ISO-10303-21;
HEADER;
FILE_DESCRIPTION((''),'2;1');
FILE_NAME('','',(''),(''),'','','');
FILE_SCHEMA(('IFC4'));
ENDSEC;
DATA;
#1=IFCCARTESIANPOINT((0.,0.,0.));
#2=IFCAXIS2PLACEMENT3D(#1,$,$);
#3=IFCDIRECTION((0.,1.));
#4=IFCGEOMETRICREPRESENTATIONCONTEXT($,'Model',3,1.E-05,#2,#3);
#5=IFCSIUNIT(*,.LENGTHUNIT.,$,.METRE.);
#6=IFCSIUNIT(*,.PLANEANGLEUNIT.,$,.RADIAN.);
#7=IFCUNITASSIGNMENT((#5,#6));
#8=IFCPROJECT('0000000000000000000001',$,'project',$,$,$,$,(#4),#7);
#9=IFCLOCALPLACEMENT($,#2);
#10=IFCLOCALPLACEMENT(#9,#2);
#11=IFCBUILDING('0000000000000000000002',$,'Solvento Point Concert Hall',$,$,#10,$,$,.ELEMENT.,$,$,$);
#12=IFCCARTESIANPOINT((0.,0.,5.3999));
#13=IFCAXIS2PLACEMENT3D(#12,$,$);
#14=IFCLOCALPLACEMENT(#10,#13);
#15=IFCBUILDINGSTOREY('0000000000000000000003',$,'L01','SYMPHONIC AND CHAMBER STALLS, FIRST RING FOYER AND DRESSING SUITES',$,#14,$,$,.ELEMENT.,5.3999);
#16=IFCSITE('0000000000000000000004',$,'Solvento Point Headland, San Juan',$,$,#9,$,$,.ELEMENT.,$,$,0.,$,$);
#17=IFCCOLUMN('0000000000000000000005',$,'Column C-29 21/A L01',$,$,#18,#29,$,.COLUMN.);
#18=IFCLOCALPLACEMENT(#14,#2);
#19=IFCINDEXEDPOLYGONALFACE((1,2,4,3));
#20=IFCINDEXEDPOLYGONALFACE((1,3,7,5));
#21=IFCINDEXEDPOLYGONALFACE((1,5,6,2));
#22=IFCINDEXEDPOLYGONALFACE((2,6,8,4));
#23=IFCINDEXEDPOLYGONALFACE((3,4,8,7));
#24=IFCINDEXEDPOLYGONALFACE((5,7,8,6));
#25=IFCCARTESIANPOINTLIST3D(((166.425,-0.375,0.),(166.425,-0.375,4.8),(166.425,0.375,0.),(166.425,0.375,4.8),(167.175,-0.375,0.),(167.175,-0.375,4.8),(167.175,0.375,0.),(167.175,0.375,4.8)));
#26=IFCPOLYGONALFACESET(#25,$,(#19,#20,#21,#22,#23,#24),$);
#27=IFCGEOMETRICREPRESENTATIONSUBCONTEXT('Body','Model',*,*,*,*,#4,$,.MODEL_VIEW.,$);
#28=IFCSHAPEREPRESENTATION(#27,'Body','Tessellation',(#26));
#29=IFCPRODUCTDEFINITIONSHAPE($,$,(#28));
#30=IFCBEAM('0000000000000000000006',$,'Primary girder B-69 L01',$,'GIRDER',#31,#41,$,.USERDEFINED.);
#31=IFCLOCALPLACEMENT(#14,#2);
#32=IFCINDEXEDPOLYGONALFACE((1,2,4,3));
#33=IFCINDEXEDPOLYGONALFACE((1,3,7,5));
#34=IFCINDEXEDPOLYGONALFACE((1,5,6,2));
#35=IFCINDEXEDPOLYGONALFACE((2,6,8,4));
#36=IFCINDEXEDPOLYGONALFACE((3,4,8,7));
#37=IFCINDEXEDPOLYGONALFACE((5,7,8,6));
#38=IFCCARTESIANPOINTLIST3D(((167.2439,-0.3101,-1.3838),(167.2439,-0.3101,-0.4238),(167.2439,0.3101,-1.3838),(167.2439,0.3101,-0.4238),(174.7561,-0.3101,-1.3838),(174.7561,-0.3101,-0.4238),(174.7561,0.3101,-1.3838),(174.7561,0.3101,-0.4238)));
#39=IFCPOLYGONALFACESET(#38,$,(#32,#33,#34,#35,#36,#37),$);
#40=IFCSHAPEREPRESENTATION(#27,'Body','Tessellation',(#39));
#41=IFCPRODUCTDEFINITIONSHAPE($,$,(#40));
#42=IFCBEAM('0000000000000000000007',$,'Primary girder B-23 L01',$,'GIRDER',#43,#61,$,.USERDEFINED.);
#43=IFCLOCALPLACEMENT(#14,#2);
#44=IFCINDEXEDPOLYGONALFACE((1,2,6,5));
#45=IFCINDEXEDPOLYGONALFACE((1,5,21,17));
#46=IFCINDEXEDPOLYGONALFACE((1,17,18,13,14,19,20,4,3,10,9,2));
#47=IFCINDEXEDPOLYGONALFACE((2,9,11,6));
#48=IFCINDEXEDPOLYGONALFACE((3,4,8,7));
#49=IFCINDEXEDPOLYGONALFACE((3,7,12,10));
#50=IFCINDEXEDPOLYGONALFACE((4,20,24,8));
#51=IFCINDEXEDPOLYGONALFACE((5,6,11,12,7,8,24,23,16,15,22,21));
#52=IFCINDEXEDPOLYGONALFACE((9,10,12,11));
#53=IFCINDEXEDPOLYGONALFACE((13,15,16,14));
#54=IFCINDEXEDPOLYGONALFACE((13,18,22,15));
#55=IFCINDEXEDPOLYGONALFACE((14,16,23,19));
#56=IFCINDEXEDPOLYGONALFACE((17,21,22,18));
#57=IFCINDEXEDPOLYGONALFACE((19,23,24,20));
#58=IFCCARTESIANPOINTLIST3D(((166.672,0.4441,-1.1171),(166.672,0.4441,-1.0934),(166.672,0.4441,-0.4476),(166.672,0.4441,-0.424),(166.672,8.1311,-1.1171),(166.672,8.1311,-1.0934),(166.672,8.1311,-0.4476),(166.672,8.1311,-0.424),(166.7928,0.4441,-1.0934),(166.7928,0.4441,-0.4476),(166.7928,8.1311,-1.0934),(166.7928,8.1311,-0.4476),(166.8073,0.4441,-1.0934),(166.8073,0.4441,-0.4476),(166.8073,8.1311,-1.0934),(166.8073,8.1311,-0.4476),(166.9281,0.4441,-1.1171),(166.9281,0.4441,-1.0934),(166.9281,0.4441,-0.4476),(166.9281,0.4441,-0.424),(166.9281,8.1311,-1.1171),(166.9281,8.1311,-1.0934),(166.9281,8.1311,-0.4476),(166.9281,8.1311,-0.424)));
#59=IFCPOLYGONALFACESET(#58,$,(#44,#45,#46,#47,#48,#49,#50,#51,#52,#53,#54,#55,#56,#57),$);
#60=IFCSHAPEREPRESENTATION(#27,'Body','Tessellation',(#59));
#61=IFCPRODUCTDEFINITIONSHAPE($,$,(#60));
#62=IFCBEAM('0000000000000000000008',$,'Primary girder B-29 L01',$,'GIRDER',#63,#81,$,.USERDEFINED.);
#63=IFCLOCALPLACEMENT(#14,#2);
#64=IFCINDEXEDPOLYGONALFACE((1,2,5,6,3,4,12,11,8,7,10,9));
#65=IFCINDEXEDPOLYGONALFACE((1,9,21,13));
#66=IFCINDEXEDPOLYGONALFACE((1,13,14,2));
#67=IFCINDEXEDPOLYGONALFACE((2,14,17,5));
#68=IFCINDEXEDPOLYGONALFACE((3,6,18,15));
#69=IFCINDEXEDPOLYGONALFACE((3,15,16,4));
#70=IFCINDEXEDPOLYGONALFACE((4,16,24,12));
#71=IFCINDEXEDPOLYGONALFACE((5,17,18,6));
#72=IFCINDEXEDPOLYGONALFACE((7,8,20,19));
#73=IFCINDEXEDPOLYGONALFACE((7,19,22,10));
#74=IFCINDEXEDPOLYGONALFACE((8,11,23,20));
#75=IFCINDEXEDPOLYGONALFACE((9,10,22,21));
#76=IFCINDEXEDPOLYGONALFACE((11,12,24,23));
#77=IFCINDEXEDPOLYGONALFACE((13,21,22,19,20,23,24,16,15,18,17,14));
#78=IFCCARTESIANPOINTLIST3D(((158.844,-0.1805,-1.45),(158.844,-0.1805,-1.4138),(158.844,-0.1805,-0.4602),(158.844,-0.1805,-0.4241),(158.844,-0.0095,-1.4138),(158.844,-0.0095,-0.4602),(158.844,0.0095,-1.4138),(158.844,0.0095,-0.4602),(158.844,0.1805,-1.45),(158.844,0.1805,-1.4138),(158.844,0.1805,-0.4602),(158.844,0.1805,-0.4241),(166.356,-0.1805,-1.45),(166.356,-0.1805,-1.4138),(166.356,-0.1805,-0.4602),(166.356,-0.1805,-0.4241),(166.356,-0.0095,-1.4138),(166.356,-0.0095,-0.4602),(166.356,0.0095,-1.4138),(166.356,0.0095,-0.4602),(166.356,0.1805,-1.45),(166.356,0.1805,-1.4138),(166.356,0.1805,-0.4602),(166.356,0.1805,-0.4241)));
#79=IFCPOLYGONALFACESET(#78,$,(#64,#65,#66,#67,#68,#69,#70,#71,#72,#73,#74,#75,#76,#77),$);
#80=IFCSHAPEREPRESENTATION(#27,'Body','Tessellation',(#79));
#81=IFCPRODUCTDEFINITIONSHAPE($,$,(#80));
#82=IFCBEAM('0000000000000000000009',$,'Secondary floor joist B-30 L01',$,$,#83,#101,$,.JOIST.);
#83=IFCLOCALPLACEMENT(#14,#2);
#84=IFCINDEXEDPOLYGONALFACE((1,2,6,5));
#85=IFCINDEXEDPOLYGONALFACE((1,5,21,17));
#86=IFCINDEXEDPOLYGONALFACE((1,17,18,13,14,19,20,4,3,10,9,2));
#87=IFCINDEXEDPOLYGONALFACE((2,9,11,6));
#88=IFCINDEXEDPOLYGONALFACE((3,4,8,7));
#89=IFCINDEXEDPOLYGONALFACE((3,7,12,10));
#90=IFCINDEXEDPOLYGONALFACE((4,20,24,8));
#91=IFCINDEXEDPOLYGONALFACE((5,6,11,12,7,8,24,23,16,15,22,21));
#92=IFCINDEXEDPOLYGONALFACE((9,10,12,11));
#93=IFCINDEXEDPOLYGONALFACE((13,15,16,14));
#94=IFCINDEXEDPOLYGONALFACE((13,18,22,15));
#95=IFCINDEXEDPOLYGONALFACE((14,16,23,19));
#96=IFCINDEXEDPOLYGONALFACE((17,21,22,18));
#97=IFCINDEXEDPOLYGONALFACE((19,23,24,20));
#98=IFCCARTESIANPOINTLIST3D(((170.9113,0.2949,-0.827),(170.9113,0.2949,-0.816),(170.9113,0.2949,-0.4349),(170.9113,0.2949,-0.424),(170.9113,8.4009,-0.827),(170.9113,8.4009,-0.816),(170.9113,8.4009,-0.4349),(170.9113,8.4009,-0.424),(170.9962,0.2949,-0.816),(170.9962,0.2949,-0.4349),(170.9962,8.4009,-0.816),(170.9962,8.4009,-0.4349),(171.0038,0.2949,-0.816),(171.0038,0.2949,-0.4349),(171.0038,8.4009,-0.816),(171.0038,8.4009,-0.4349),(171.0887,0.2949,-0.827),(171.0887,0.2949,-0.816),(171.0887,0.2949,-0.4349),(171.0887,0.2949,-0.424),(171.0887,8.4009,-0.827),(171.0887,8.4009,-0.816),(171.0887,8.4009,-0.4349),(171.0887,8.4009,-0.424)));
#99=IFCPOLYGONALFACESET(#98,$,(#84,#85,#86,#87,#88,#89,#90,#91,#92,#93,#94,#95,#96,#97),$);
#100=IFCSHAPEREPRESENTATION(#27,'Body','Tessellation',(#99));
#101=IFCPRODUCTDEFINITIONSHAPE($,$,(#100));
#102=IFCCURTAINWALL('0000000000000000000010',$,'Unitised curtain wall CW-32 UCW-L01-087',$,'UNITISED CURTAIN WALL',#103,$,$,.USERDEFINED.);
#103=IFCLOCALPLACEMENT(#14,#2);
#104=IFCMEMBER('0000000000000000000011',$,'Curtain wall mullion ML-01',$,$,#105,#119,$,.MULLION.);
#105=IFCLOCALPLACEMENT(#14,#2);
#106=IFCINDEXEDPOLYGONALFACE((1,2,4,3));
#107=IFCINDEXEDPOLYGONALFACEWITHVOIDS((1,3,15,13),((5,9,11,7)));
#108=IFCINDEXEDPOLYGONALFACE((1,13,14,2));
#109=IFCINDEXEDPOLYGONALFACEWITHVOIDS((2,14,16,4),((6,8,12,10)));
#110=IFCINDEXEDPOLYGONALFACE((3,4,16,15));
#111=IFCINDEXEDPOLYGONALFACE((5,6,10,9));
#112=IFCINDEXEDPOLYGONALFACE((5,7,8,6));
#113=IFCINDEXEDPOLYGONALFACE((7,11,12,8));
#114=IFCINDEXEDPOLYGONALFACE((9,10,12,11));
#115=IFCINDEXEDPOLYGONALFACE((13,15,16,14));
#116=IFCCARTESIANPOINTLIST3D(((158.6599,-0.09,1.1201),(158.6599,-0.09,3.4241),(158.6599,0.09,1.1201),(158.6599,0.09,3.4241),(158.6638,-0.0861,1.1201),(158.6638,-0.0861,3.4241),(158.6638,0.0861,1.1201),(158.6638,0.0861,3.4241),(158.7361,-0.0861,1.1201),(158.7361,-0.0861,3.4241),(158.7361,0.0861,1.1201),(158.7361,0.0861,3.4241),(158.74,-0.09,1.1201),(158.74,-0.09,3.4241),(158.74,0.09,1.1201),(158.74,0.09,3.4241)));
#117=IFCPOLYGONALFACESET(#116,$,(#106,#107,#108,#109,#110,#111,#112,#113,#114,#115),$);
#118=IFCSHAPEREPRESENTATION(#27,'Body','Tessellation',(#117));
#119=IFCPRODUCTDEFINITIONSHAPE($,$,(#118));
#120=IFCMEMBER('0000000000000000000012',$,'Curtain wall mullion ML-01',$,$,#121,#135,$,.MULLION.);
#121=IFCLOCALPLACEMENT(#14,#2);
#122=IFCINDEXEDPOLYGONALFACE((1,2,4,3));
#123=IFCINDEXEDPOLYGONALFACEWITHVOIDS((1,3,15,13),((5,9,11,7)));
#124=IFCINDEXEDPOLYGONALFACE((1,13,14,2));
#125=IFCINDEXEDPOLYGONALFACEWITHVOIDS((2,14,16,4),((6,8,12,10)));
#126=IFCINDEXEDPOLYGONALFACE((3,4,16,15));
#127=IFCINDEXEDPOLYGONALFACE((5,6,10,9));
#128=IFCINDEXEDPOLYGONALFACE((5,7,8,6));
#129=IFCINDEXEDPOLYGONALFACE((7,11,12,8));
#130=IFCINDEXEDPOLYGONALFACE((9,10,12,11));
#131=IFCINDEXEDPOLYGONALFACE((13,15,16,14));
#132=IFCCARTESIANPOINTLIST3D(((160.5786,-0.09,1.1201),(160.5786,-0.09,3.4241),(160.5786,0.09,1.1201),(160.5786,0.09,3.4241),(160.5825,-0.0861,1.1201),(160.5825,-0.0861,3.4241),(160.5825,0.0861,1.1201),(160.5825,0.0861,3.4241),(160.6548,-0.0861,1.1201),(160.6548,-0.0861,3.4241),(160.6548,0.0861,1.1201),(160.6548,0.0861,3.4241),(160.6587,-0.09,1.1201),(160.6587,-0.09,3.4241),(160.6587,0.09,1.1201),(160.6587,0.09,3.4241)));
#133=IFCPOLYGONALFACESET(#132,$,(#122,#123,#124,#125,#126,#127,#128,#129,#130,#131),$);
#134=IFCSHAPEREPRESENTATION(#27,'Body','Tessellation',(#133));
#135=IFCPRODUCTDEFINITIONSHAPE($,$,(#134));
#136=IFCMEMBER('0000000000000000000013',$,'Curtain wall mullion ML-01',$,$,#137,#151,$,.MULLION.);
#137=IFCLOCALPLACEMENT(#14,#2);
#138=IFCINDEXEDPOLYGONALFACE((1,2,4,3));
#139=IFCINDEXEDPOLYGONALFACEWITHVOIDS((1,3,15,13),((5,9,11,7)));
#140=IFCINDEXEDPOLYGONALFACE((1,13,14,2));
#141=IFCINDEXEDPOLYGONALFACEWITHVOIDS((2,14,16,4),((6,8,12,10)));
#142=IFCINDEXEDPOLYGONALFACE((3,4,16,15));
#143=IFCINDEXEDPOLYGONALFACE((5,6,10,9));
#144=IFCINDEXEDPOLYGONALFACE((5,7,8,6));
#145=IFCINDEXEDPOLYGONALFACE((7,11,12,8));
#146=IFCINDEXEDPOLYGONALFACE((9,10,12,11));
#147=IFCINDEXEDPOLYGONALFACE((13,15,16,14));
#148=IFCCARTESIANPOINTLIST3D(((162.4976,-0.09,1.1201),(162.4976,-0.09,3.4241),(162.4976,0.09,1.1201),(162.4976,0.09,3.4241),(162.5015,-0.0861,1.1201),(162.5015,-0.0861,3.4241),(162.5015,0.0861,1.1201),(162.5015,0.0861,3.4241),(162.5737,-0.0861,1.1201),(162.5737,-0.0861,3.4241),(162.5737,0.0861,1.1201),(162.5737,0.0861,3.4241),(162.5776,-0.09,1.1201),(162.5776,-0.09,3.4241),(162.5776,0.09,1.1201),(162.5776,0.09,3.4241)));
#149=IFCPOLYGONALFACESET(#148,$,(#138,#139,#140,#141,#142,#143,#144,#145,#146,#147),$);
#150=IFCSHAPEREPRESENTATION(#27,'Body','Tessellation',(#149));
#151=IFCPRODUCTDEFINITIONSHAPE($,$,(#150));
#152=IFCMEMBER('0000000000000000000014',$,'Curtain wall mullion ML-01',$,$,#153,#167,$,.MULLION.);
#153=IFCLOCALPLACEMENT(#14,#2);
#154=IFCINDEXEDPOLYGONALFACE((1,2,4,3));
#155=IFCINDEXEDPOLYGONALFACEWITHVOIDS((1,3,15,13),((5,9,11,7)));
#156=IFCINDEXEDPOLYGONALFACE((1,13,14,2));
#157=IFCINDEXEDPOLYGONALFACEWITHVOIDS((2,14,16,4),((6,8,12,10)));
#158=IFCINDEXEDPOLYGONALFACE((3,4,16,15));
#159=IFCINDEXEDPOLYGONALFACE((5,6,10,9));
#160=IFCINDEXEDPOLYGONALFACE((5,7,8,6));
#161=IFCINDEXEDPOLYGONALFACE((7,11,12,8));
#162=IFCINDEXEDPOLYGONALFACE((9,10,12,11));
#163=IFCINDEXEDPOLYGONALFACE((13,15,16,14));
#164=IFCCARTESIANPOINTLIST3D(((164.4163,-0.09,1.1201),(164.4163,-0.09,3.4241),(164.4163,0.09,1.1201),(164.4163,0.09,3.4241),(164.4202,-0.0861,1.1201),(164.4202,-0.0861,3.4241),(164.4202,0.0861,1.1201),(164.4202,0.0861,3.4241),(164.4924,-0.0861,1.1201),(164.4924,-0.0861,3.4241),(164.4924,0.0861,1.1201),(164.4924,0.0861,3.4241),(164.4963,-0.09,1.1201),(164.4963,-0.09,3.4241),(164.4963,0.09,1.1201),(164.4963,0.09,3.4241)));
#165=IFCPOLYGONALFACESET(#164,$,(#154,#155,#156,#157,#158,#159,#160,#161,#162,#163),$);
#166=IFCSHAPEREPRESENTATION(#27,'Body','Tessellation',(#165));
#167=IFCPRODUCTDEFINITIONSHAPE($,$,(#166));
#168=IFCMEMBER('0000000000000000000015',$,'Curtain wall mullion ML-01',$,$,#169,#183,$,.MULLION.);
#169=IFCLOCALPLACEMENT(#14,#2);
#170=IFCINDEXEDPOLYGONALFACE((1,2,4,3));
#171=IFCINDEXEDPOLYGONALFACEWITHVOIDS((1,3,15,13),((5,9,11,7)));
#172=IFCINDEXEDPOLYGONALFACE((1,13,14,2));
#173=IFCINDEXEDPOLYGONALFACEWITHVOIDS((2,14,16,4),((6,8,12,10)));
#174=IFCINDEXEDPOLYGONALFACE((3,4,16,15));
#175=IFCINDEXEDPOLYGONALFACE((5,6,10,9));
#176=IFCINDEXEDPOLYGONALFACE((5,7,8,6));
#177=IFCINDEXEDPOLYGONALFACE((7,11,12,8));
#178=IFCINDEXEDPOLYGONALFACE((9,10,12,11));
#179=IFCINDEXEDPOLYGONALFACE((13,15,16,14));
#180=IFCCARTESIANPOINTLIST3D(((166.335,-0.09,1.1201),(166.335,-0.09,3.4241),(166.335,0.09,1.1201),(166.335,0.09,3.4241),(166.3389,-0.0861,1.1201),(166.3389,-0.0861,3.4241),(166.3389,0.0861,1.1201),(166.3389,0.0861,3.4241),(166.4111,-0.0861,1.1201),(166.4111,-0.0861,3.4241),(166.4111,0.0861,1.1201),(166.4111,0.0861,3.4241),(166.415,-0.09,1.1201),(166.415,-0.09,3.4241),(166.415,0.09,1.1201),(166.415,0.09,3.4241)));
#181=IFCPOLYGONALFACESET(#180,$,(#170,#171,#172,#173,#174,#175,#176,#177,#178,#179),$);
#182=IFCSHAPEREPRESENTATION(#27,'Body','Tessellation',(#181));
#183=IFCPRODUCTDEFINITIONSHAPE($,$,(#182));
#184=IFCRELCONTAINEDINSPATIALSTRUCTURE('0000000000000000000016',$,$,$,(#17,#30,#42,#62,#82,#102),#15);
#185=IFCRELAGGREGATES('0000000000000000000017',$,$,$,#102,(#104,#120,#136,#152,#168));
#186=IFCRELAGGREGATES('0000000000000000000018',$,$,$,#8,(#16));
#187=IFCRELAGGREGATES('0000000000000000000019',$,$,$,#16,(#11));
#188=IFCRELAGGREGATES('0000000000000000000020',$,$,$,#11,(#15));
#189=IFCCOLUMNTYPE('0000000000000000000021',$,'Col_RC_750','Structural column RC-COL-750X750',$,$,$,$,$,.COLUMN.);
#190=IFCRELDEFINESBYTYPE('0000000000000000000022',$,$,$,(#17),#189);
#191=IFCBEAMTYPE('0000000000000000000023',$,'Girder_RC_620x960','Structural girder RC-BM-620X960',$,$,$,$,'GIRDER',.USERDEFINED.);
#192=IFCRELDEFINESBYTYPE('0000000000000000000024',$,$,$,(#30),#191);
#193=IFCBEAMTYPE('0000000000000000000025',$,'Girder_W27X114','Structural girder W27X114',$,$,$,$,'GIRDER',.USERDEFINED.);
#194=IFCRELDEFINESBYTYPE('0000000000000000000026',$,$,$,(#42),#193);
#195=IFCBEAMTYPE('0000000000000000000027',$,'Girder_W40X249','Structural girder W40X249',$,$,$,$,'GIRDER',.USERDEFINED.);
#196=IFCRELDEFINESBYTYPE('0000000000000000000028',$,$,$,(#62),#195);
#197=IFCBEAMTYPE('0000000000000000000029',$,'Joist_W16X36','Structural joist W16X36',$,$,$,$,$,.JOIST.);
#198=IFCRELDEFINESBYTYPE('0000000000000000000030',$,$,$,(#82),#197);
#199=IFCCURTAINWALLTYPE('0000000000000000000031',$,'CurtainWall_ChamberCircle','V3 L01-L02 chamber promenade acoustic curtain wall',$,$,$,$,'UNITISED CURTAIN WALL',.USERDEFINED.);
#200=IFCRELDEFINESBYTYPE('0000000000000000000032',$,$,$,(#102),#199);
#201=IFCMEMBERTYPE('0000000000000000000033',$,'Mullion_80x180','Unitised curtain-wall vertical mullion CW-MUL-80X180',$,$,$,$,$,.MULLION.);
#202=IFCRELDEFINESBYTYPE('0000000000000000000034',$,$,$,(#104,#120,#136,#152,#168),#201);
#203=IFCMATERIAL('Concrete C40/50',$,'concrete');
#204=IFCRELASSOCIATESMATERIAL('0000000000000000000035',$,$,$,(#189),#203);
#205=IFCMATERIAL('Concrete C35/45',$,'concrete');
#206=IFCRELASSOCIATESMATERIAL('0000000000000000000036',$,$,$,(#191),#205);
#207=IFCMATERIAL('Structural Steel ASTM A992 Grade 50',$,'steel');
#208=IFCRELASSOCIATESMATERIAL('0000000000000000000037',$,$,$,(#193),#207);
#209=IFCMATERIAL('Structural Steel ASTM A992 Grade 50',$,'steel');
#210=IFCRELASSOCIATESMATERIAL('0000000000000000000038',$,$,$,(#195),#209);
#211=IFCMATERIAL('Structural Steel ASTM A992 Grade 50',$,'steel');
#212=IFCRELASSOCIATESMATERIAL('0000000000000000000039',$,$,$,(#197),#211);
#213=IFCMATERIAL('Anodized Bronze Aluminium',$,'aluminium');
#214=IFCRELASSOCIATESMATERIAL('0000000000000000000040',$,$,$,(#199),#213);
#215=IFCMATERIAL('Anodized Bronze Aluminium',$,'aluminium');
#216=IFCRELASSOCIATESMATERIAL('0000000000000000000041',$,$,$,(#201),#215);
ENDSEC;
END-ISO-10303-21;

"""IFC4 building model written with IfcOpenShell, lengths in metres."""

from ifc_helpers import new_model, si_unit, direction, frame, origin, origin_2d, place, context, subcontext, project, spatial, rectangle, hollow_rectangle, i_section, extrude, material, material_profile, profile_set, type_object, element, aggregate, save


model = new_model("IFC4")

# Units and contexts
model_context = context("Model", 3, precision=1e-05, world=origin(), true_north=direction((0.0, 1.0)))
body_context = subcontext(model_context, "Body", "Model", "MODEL_VIEW")
ifc_project = project(units=[si_unit("LENGTHUNIT", "METRE"), si_unit("PLANEANGLEUNIT", "RADIAN")], contexts=[model_context])

# Site, building, storey
site_placement = place(None, origin())
site = spatial("IfcSite", under=ifc_project, at=site_placement, Name="Solvento Point Headland, San Juan", CompositionType="ELEMENT", RefElevation=0.0)
building_placement = place(site_placement, origin())
building = spatial("IfcBuilding", under=site, at=building_placement, Name="Solvento Point Concert Hall", CompositionType="ELEMENT")
storey_placement = place(building_placement, frame((0.0, 0.0, 5.3999)))
storey = spatial("IfcBuildingStorey", under=building, at=storey_placement, Name="L01", Description="SYMPHONIC AND CHAMBER STALLS, FIRST RING FOYER AND DRESSING SUITES", CompositionType="ELEMENT", Elevation=5.3999)

# Column
ifc_material_1 = material(Name="Concrete C40/50", Category="concrete")
ifc_material_profile_1 = material_profile(ifc_material_1, rectangle(XDim=0.75, YDim=0.75, at=origin_2d()), Name="RC-COL-750X750")
ifc_profile_set_1 = profile_set([ifc_material_profile_1], Name="Concrete C40/50")
column_type = type_object("IfcColumnType", Name="Col_RC_750", Description="Structural column RC-COL-750X750", PredefinedType="COLUMN", material=ifc_profile_set_1)
column_placement = place(storey_placement, frame((166.8, 0.0, 0.0), z_axis=(0.0, 0.0, 1.0), x_axis=(1.0, 0.0, 0.0)))
element("IfcColumn", 1, at=column_placement, inside=storey, type_object=column_type, Name="Column C-29 21/A L01", PredefinedType="COLUMN", context=body_context, shape_type="SweptSolid", body=[
    extrude(rectangle(XDim=0.75, YDim=0.75, at=origin_2d()), origin(), (0.0, 0.0, 1.0), 4.8),
])

# Beams
ifc_material_2 = material(Name="Concrete C35/45", Category="concrete")
ifc_material_profile_2 = material_profile(ifc_material_2, rectangle(XDim=0.6201, YDim=0.96, at=origin_2d()), Name="RC-BM-620X960")
ifc_profile_set_2 = profile_set([ifc_material_profile_2], Name="Concrete C35/45")
beam_type_1 = type_object("IfcBeamType", Name="Girder_RC_620x960", Description="Structural girder RC-BM-620X960", ElementType="GIRDER", PredefinedType="USERDEFINED", material=ifc_profile_set_2)
beam_1_placement = place(storey_placement, frame((167.2439, 0.0, -0.9038), z_axis=(1.0, 0.0, 0.0), x_axis=(0.0, 1.0, 0.0)))
element("IfcBeam", 2, at=beam_1_placement, inside=storey, type_object=beam_type_1, Name="Primary girder B-69 L01", ObjectType="GIRDER", PredefinedType="USERDEFINED", context=body_context, shape_type="SweptSolid", body=[
    extrude(rectangle(XDim=0.6201, YDim=0.96, at=origin_2d()), origin(), (0.0, 0.0, 1.0), 7.5122),
])
ifc_material_3 = material(Name="Structural Steel ASTM A992 Grade 50", Category="steel")
ifc_material_profile_3 = material_profile(ifc_material_3, i_section(OverallWidth=0.2561, OverallDepth=0.6931, WebThickness=0.0144, FlangeThickness=0.0237, at=origin_2d()), Name="W27X114")
ifc_profile_set_3 = profile_set([ifc_material_profile_3], Name="Structural Steel ASTM A992 Grade 50")
beam_type_2 = type_object("IfcBeamType", Name="Girder_W27X114", Description="Structural girder W27X114", ElementType="GIRDER", PredefinedType="USERDEFINED", material=ifc_profile_set_3)
beam_2_placement = place(storey_placement, frame((166.8, 0.4441, -0.7705), z_axis=(0.0, 1.0, 0.0), x_axis=(-1.0, 0.0, 0.0)))
element("IfcBeam", 3, at=beam_2_placement, inside=storey, type_object=beam_type_2, Name="Primary girder B-23 L01", ObjectType="GIRDER", PredefinedType="USERDEFINED", context=body_context, shape_type="SweptSolid", body=[
    extrude(i_section(OverallWidth=0.2561, OverallDepth=0.6931, WebThickness=0.0144, FlangeThickness=0.0237, at=origin_2d()), origin(), (0.0, 0.0, 1.0), 7.687),
])
ifc_material_4 = material(Name="Structural Steel ASTM A992 Grade 50", Category="steel")
ifc_material_profile_4 = material_profile(ifc_material_4, i_section(OverallWidth=0.3611, OverallDepth=1.0259, WebThickness=0.019, FlangeThickness=0.0361, at=origin_2d()), Name="W40X249")
ifc_profile_set_4 = profile_set([ifc_material_profile_4], Name="Structural Steel ASTM A992 Grade 50")
beam_type_3 = type_object("IfcBeamType", Name="Girder_W40X249", Description="Structural girder W40X249", ElementType="GIRDER", PredefinedType="USERDEFINED", material=ifc_profile_set_4)
beam_3_placement = place(storey_placement, frame((158.844, 0.0, -0.937), z_axis=(1.0, 0.0, 0.0), x_axis=(0.0, 1.0, 0.0)))
element("IfcBeam", 4, at=beam_3_placement, inside=storey, type_object=beam_type_3, Name="Primary girder B-29 L01", ObjectType="GIRDER", PredefinedType="USERDEFINED", context=body_context, shape_type="SweptSolid", body=[
    extrude(i_section(OverallWidth=0.3611, OverallDepth=1.0259, WebThickness=0.019, FlangeThickness=0.0361, at=origin_2d()), origin(), (0.0, 0.0, 1.0), 7.512),
])
ifc_material_5 = material(Name="Structural Steel ASTM A992 Grade 50", Category="steel")
ifc_material_profile_5 = material_profile(ifc_material_5, i_section(OverallWidth=0.1775, OverallDepth=0.4031, WebThickness=0.0076, FlangeThickness=0.011, at=origin_2d()), Name="W16X36")
ifc_profile_set_5 = profile_set([ifc_material_profile_5], Name="Structural Steel ASTM A992 Grade 50")
beam_type_4 = type_object("IfcBeamType", Name="Joist_W16X36", Description="Structural joist W16X36", PredefinedType="JOIST", material=ifc_profile_set_5)
beam_4_placement = place(storey_placement, frame((171.0, 0.2949, -0.6255), z_axis=(0.0, 1.0, 0.0), x_axis=(-1.0, 0.0, 0.0)))
element("IfcBeam", 5, at=beam_4_placement, inside=storey, type_object=beam_type_4, Name="Secondary floor joist B-30 L01", PredefinedType="JOIST", context=body_context, shape_type="SweptSolid", body=[
    extrude(i_section(OverallWidth=0.1775, OverallDepth=0.4031, WebThickness=0.0076, FlangeThickness=0.011, at=origin_2d()), origin(), (0.0, 0.0, 1.0), 8.106),
])

# Curtain wall, members
ifc_material_6 = material(Name="Anodized Bronze Aluminium", Category="aluminium")
curtain_wall_type = type_object("IfcCurtainWallType", Name="CurtainWall_ChamberCircle", Description="V3 L01-L02 chamber promenade acoustic curtain wall", ElementType="UNITISED CURTAIN WALL", PredefinedType="USERDEFINED", material=ifc_material_6)
curtain_wall_1_placement = place(storey_placement, origin())
curtain_wall_1 = element("IfcCurtainWall", 6, at=curtain_wall_1_placement, inside=storey, type_object=curtain_wall_type, Name="Unitised curtain wall CW-32 UCW-L01-087", ObjectType="UNITISED CURTAIN WALL", PredefinedType="USERDEFINED")
ifc_material_7 = material(Name="Anodized Bronze Aluminium", Category="aluminium")
ifc_material_profile_6 = material_profile(ifc_material_7, hollow_rectangle(XDim=0.0801, YDim=0.1799, WallThickness=0.0039, at=origin_2d()), Name="CW-MUL-80X180")
ifc_profile_set_6 = profile_set([ifc_material_profile_6], Name="Anodized Bronze Aluminium")
member_type_1 = type_object("IfcMemberType", Name="Mullion_80x180", Description="Unitised curtain-wall vertical mullion CW-MUL-80X180", PredefinedType="MULLION", material=ifc_profile_set_6)
member_1_placement = place(storey_placement, frame((158.7, 0.0, 1.1201), z_axis=(0.0, 0.0, 1.0), x_axis=(1.0, 0.0, 0.0)))
member_1 = element("IfcMember", 7, at=member_1_placement, type_object=member_type_1, Name="Curtain wall mullion ML-01", PredefinedType="MULLION", context=body_context, shape_type="SweptSolid", body=[
    extrude(hollow_rectangle(XDim=0.0801, YDim=0.1799, WallThickness=0.0039, at=origin_2d()), origin(), (0.0, 0.0, 1.0), 2.304),
])
member_2_placement = place(storey_placement, frame((160.6187, 0.0, 1.1201), z_axis=(0.0, 0.0, 1.0), x_axis=(1.0, 0.0, 0.0)))
member_2 = element("IfcMember", 8, at=member_2_placement, type_object=member_type_1, Name="Curtain wall mullion ML-01", PredefinedType="MULLION", context=body_context, shape_type="SweptSolid", body=[
    extrude(hollow_rectangle(XDim=0.0801, YDim=0.1799, WallThickness=0.0039, at=origin_2d()), origin(), (0.0, 0.0, 1.0), 2.304),
])
member_3_placement = place(storey_placement, frame((162.5376, 0.0, 1.1201), z_axis=(0.0, 0.0, 1.0), x_axis=(1.0, 0.0, 0.0)))
member_3 = element("IfcMember", 9, at=member_3_placement, type_object=member_type_1, Name="Curtain wall mullion ML-01", PredefinedType="MULLION", context=body_context, shape_type="SweptSolid", body=[
    extrude(hollow_rectangle(XDim=0.0801, YDim=0.1799, WallThickness=0.0039, at=origin_2d()), origin(), (0.0, 0.0, 1.0), 2.304),
])
member_4_placement = place(storey_placement, frame((164.4563, 0.0, 1.1201), z_axis=(0.0, 0.0, 1.0), x_axis=(1.0, 0.0, 0.0)))
member_4 = element("IfcMember", 10, at=member_4_placement, type_object=member_type_1, Name="Curtain wall mullion ML-01", PredefinedType="MULLION", context=body_context, shape_type="SweptSolid", body=[
    extrude(hollow_rectangle(XDim=0.0801, YDim=0.1799, WallThickness=0.0039, at=origin_2d()), origin(), (0.0, 0.0, 1.0), 2.304),
])
member_5_placement = place(storey_placement, frame((166.375, 0.0, 1.1201), z_axis=(0.0, 0.0, 1.0), x_axis=(1.0, 0.0, 0.0)))
member_5 = element("IfcMember", 11, at=member_5_placement, type_object=member_type_1, Name="Curtain wall mullion ML-01", PredefinedType="MULLION", context=body_context, shape_type="SweptSolid", body=[
    extrude(hollow_rectangle(XDim=0.0801, YDim=0.1799, WallThickness=0.0039, at=origin_2d()), origin(), (0.0, 0.0, 1.0), 2.304),
])

aggregate(curtain_wall_1, [member_1, member_2, member_3, member_4, member_5])

save(model, "model.ifc")
